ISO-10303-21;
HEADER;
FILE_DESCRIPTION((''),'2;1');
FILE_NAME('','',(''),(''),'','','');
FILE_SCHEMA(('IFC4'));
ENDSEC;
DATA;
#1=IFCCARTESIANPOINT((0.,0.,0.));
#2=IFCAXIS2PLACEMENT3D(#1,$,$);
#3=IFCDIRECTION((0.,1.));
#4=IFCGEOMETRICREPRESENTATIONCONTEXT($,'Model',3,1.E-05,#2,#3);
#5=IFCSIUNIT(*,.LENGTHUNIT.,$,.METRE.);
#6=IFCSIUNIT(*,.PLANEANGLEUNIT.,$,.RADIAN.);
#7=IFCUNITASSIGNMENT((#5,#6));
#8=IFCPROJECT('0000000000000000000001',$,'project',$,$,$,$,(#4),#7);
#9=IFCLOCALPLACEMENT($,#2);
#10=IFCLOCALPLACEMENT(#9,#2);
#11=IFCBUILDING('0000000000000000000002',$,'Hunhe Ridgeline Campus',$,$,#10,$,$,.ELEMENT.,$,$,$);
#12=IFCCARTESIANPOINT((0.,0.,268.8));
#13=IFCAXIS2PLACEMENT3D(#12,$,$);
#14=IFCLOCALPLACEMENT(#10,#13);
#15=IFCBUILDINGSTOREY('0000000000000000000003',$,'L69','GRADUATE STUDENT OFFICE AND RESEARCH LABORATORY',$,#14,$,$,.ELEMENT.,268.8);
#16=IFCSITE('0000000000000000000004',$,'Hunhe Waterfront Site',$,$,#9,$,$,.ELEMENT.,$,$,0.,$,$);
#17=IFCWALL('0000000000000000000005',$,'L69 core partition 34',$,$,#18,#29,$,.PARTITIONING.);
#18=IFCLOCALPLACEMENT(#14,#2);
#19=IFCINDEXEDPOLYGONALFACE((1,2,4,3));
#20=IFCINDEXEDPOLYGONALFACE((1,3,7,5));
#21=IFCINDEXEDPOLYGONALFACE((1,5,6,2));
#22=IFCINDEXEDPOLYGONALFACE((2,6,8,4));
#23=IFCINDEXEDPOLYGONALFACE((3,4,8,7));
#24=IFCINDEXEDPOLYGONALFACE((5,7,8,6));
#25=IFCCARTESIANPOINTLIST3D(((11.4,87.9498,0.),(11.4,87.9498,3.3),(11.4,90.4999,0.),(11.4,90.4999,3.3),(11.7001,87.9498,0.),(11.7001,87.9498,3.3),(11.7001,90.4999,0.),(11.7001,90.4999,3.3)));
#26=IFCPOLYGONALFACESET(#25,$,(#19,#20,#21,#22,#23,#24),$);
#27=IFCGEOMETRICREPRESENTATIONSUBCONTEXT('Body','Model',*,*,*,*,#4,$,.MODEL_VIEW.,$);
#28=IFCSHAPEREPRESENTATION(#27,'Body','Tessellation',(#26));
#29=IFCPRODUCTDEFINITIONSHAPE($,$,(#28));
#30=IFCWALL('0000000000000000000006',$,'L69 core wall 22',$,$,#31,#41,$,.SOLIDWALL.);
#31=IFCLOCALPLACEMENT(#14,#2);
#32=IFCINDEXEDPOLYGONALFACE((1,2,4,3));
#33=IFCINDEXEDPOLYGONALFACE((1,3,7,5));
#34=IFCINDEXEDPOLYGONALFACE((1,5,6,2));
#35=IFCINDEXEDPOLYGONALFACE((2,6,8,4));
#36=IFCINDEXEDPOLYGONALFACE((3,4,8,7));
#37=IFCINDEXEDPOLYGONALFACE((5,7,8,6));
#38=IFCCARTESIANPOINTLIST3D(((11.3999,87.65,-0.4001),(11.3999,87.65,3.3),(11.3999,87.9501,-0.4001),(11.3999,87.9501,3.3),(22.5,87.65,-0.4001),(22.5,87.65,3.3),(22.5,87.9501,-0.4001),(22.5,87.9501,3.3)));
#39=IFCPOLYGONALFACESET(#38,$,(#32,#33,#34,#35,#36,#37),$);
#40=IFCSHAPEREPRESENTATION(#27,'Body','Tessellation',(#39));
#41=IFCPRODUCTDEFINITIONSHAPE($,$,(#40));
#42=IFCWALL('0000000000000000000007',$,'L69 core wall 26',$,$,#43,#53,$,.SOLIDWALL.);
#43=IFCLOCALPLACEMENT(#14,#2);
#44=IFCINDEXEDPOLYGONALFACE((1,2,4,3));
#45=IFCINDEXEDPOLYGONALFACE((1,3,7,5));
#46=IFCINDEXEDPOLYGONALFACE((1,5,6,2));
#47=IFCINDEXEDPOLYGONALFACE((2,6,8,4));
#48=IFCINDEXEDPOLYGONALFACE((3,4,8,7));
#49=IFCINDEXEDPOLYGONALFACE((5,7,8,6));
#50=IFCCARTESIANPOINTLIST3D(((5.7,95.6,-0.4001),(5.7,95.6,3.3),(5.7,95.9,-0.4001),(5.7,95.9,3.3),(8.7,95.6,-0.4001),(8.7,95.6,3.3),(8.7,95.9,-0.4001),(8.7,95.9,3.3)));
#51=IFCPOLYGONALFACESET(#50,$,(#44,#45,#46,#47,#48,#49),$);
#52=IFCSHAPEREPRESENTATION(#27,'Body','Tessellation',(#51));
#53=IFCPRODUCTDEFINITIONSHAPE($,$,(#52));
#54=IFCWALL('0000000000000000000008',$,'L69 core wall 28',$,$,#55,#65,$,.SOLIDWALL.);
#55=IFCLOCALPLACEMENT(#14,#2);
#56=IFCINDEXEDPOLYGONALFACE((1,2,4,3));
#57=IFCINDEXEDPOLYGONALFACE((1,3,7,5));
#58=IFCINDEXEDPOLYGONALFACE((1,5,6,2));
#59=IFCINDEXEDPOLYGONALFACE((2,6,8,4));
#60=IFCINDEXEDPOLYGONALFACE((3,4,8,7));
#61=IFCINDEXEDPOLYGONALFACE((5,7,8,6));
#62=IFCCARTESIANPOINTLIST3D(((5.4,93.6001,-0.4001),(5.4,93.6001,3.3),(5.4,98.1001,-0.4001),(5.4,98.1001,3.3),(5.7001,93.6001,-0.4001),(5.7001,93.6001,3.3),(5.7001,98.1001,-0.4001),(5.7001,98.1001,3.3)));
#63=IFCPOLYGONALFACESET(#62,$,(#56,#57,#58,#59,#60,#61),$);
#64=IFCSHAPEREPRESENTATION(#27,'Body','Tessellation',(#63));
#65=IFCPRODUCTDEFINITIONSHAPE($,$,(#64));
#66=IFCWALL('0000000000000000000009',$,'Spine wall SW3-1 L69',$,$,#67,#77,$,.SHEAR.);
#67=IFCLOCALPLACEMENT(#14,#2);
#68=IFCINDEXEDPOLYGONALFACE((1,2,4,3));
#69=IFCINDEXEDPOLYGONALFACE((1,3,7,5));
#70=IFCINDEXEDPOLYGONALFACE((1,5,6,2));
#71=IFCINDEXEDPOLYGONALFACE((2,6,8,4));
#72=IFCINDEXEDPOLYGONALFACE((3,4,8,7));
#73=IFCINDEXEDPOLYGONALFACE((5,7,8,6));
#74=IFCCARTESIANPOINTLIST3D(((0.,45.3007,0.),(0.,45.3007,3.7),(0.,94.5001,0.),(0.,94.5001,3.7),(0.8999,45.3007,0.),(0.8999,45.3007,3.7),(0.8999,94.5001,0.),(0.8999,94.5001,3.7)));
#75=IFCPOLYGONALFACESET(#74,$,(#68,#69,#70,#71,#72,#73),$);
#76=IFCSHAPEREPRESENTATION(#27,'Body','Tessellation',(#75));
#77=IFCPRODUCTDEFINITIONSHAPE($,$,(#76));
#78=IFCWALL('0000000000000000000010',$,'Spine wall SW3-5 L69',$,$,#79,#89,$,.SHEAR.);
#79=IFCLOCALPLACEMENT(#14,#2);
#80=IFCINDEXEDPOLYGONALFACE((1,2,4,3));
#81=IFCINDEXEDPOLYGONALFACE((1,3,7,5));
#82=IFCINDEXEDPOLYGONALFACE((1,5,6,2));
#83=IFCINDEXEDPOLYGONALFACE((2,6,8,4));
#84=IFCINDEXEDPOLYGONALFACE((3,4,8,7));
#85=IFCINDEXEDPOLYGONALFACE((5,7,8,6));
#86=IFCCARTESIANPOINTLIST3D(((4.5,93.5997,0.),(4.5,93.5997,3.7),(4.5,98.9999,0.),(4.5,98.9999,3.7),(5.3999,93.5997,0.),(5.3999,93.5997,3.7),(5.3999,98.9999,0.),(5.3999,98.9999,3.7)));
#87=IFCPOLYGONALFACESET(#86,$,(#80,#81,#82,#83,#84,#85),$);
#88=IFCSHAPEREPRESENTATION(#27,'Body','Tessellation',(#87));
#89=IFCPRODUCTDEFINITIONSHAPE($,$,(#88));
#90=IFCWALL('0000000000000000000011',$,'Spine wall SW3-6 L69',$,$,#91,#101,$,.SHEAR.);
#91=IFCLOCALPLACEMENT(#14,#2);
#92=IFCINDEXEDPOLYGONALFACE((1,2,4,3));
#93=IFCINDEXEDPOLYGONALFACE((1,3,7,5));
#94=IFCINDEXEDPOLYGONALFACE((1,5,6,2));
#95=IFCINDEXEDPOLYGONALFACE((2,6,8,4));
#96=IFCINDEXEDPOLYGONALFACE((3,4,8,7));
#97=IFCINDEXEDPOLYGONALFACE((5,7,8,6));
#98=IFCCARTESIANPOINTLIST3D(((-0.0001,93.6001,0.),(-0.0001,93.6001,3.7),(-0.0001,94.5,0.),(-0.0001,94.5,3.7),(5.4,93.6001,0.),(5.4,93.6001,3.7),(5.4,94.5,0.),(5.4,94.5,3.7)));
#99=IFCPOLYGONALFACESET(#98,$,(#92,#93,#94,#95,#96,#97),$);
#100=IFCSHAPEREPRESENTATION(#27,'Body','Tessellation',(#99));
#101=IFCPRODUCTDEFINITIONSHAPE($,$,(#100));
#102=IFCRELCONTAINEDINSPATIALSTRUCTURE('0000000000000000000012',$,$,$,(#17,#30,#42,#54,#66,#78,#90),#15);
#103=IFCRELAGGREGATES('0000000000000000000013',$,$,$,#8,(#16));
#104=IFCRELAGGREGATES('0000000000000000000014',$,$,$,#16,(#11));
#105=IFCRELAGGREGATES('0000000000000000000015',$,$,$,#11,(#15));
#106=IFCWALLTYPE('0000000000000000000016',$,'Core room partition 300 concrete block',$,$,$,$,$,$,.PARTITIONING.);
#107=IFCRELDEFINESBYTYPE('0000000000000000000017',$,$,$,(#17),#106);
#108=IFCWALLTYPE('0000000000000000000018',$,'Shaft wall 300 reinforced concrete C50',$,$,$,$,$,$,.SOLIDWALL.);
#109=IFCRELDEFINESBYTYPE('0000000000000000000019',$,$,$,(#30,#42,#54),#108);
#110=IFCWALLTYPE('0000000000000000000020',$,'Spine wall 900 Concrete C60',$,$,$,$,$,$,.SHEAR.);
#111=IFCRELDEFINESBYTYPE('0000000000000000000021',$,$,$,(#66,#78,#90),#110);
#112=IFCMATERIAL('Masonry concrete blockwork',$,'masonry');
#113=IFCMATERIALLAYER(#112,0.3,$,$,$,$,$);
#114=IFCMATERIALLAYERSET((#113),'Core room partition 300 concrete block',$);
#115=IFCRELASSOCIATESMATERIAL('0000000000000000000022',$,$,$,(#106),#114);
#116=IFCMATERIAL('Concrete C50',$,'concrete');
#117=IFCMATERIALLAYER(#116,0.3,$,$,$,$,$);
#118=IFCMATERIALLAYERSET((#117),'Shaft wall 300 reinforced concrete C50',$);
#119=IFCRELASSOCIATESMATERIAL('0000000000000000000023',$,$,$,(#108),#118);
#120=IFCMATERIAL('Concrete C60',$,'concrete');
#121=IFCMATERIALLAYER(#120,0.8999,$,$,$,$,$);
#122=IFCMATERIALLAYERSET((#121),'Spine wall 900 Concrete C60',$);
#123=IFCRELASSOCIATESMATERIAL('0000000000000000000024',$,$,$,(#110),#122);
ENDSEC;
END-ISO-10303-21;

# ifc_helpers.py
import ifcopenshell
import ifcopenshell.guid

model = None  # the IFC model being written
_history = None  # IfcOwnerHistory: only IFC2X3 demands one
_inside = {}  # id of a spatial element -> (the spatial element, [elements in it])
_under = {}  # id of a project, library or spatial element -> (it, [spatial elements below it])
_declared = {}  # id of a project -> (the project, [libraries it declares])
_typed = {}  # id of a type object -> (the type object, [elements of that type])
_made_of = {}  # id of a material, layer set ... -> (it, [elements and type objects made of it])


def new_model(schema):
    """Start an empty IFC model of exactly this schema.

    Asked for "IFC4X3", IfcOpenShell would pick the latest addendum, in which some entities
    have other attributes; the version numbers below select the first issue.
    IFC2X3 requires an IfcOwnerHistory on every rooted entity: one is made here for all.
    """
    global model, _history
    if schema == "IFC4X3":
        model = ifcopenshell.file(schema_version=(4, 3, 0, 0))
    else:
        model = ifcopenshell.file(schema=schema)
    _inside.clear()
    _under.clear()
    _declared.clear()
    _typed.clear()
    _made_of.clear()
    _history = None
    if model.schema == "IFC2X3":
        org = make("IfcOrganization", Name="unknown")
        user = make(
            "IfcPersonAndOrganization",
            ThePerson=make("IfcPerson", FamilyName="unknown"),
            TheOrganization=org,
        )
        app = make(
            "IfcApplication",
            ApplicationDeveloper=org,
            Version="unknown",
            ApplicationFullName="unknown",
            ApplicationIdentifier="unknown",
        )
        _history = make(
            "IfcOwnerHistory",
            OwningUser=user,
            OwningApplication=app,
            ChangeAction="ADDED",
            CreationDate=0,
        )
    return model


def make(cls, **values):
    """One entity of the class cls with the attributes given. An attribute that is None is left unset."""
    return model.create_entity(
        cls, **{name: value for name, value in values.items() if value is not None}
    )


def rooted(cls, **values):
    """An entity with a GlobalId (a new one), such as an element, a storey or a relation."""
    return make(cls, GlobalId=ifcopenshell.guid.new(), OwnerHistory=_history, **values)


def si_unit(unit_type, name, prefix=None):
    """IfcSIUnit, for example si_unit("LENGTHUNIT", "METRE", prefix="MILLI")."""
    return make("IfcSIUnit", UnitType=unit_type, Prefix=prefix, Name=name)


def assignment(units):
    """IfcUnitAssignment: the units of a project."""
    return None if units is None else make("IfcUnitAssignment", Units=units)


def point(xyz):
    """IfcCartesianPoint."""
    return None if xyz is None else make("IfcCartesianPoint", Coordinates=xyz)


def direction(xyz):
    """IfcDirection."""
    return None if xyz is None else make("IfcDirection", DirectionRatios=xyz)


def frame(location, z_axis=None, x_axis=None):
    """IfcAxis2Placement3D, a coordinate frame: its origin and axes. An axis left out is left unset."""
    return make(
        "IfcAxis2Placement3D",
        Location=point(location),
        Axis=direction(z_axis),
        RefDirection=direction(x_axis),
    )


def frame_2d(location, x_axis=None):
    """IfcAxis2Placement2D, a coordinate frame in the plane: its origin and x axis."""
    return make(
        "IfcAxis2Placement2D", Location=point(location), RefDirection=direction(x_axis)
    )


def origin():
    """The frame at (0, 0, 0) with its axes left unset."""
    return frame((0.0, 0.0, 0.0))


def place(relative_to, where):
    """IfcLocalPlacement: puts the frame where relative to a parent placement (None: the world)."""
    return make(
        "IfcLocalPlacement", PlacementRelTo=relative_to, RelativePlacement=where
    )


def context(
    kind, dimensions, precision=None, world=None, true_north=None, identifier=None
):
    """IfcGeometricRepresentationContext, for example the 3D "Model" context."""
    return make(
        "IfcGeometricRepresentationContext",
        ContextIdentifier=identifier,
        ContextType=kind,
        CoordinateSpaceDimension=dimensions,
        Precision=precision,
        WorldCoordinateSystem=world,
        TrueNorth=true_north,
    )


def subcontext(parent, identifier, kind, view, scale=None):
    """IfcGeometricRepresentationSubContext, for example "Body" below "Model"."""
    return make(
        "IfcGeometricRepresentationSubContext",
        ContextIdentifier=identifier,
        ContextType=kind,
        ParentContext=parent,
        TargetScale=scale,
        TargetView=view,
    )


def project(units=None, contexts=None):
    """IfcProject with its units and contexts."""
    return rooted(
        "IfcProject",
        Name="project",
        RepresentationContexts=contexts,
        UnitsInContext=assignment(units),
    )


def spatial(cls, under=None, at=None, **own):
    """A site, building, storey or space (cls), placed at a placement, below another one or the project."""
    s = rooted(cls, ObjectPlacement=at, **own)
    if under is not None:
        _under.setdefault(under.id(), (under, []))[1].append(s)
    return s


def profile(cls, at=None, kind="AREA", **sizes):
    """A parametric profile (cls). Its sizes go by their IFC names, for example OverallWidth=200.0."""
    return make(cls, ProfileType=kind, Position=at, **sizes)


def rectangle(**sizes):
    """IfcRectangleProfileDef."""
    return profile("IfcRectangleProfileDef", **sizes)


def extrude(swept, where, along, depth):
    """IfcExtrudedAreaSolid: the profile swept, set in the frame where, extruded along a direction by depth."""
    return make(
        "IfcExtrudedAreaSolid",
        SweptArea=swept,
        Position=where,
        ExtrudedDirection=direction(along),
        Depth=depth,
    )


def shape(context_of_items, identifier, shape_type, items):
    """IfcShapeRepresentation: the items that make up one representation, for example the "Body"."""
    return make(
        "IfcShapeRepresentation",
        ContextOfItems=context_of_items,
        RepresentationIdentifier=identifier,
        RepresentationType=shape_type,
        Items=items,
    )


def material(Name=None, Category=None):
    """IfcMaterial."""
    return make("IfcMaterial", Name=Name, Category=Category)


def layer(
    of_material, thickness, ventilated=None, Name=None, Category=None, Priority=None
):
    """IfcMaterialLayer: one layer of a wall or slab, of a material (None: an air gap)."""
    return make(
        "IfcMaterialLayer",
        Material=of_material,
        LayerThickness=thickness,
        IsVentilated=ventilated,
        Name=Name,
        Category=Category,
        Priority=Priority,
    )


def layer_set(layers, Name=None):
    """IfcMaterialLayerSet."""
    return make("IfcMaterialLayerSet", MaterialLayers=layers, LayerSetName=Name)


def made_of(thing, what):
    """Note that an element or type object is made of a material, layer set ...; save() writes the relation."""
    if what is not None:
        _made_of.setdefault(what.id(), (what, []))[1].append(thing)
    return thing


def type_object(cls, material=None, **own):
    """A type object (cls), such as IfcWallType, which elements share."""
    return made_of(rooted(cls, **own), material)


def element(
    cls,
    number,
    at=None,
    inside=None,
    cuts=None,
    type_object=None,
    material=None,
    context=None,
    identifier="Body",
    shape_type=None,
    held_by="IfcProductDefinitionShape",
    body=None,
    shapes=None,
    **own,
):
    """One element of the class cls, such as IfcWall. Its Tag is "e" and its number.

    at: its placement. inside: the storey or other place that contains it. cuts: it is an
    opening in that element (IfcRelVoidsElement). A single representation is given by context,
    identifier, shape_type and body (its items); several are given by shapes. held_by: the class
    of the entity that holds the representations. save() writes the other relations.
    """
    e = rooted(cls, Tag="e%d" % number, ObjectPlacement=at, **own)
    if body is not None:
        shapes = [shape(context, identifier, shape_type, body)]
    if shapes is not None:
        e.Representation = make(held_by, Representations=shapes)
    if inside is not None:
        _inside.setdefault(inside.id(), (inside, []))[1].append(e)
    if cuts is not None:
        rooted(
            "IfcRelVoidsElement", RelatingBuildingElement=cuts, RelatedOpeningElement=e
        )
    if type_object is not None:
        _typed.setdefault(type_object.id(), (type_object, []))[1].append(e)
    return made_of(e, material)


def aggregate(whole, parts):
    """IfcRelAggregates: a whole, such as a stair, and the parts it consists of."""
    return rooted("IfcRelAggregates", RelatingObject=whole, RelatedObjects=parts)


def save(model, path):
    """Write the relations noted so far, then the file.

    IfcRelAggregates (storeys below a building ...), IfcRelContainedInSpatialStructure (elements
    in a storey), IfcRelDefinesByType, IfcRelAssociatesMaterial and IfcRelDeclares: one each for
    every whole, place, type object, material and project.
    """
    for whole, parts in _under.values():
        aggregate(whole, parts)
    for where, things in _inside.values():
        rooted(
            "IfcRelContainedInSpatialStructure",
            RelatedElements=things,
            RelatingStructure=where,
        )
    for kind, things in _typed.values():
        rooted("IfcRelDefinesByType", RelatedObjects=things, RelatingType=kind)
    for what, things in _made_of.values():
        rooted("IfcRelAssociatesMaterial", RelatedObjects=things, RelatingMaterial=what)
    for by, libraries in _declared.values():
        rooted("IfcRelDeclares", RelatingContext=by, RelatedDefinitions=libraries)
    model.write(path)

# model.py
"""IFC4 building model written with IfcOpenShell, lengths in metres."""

from ifc_helpers import new_model, si_unit, direction, frame, frame_2d, origin, place, context, subcontext, project, spatial, rectangle, extrude, material, layer, layer_set, type_object, element, save


model = new_model("IFC4")

# Units and contexts
model_context = context("Model", 3, precision=1e-05, world=origin(), true_north=direction((0.0, 1.0)))
body_context = subcontext(model_context, "Body", "Model", "MODEL_VIEW")
ifc_project = project(units=[si_unit("LENGTHUNIT", "METRE"), si_unit("PLANEANGLEUNIT", "RADIAN")], contexts=[model_context])

# Site, building, storey
site_placement = place(None, origin())
site = spatial("IfcSite", under=ifc_project, at=site_placement, Name="Hunhe Waterfront Site", CompositionType="ELEMENT", RefElevation=0.0)
building_placement = place(site_placement, origin())
building = spatial("IfcBuilding", under=site, at=building_placement, Name="Hunhe Ridgeline Campus", CompositionType="ELEMENT")
storey_placement = place(building_placement, frame((0.0, 0.0, 268.8)))
storey = spatial("IfcBuildingStorey", under=building, at=storey_placement, Name="L69", Description="GRADUATE STUDENT OFFICE AND RESEARCH LABORATORY", CompositionType="ELEMENT", Elevation=268.8)

# Wall
ifc_material_1 = material(Name="Masonry concrete blockwork", Category="masonry")
ifc_layer_1 = layer(ifc_material_1, 0.3)
ifc_layer_set_1 = layer_set([ifc_layer_1], Name="Core room partition 300 concrete block")
wall_type_1 = type_object("IfcWallType", Name="Core room partition 300 concrete block", PredefinedType="PARTITIONING", material=ifc_layer_set_1)
wall_1_placement = place(storey_placement, frame((11.55, 87.95, 0.0), z_axis=(0.0, 0.0, 1.0), x_axis=(0.0, 1.0, 0.0)))
element("IfcWall", 1, at=wall_1_placement, inside=storey, type_object=wall_type_1, Name="L69 core partition 34", PredefinedType="PARTITIONING", context=body_context, shape_type="SweptSolid", body=[
    extrude(rectangle(XDim=2.55, YDim=0.3, at=frame_2d((1.2749, 0.0))), origin(), (0.0, 0.0, 1.0), 3.3),
])

# Shared definitions
ifc_material_2 = material(Name="Concrete C50", Category="concrete")

# Wall
ifc_layer_2 = layer(ifc_material_2, 0.3)
ifc_layer_set_2 = layer_set([ifc_layer_2], Name="Shaft wall 300 reinforced concrete C50")
wall_type_2 = type_object("IfcWallType", Name="Shaft wall 300 reinforced concrete C50", PredefinedType="SOLIDWALL", material=ifc_layer_set_2)
wall_2_placement = place(storey_placement, frame((11.3999, 87.8, -0.4001), z_axis=(0.0, 0.0, 1.0), x_axis=(1.0, 0.0, 0.0)))
element("IfcWall", 2, at=wall_2_placement, inside=storey, type_object=wall_type_2, Name="L69 core wall 22", PredefinedType="SOLIDWALL", context=body_context, shape_type="SweptSolid", body=[
    extrude(rectangle(XDim=11.1001, YDim=0.3, at=frame_2d((5.55, 0.0))), origin(), (0.0, 0.0, 1.0), 3.7002),
])

# Walls
wall_3_placement = place(storey_placement, frame((5.7, 95.75, -0.4001), z_axis=(0.0, 0.0, 1.0), x_axis=(1.0, 0.0, 0.0)))
element("IfcWall", 3, at=wall_3_placement, inside=storey, type_object=wall_type_2, Name="L69 core wall 26", PredefinedType="SOLIDWALL", context=body_context, shape_type="SweptSolid", body=[
    extrude(rectangle(XDim=3.0, YDim=0.3, at=frame_2d((1.5, 0.0))), origin(), (0.0, 0.0, 1.0), 3.7002),
])
wall_4_placement = place(storey_placement, frame((5.55, 93.6001, -0.4001), z_axis=(0.0, 0.0, 1.0), x_axis=(0.0, 1.0, 0.0)))
element("IfcWall", 4, at=wall_4_placement, inside=storey, type_object=wall_type_2, Name="L69 core wall 28", PredefinedType="SOLIDWALL", context=body_context, shape_type="SweptSolid", body=[
    extrude(rectangle(XDim=4.5, YDim=0.3, at=frame_2d((2.25, 0.0))), origin(), (0.0, 0.0, 1.0), 3.7002),
])

# Walls
ifc_material_3 = material(Name="Concrete C60", Category="concrete")
ifc_layer_3 = layer(ifc_material_3, 0.8999)
ifc_layer_set_3 = layer_set([ifc_layer_3], Name="Spine wall 900 Concrete C60")
wall_type_3 = type_object("IfcWallType", Name="Spine wall 900 Concrete C60", PredefinedType="SHEAR", material=ifc_layer_set_3)
wall_5_placement = place(storey_placement, frame((0.45, 94.5, 0.0), z_axis=(0.0, 0.0, 1.0), x_axis=(0.0, -1.0, 0.0)))
element("IfcWall", 5, at=wall_5_placement, inside=storey, type_object=wall_type_3, Name="Spine wall SW3-1 L69", PredefinedType="SHEAR", context=body_context, shape_type="SweptSolid", body=[
    extrude(rectangle(XDim=49.1995, YDim=0.8999, at=frame_2d((24.5996, 0.0))), origin(), (0.0, 0.0, 1.0), 3.7),
])
for number, where, z_axis, x_axis, name in (
    (6, (4.95, 99.0, 0.0), (0.0, 0.0, 1.0), (0.0, -1.0, 0.0), "Spine wall SW3-5 L69"),
    (7, (5.4001, 94.05, 0.0), (0.0, 0.0, 1.0), (-1.0, 0.0, 0.0), "Spine wall SW3-6 L69"),
):
    element("IfcWall", number, at=place(storey_placement, frame(where, z_axis=z_axis, x_axis=x_axis)), inside=storey, type_object=wall_type_3, Name=name, PredefinedType="SHEAR", context=body_context, shape_type="SweptSolid", body=[
        extrude(rectangle(XDim=5.4001, YDim=0.8999, at=frame_2d((2.7002, 0.0))), origin(), (0.0, 0.0, 1.0), 3.7),
    ])

save(model, "model.ifc")
